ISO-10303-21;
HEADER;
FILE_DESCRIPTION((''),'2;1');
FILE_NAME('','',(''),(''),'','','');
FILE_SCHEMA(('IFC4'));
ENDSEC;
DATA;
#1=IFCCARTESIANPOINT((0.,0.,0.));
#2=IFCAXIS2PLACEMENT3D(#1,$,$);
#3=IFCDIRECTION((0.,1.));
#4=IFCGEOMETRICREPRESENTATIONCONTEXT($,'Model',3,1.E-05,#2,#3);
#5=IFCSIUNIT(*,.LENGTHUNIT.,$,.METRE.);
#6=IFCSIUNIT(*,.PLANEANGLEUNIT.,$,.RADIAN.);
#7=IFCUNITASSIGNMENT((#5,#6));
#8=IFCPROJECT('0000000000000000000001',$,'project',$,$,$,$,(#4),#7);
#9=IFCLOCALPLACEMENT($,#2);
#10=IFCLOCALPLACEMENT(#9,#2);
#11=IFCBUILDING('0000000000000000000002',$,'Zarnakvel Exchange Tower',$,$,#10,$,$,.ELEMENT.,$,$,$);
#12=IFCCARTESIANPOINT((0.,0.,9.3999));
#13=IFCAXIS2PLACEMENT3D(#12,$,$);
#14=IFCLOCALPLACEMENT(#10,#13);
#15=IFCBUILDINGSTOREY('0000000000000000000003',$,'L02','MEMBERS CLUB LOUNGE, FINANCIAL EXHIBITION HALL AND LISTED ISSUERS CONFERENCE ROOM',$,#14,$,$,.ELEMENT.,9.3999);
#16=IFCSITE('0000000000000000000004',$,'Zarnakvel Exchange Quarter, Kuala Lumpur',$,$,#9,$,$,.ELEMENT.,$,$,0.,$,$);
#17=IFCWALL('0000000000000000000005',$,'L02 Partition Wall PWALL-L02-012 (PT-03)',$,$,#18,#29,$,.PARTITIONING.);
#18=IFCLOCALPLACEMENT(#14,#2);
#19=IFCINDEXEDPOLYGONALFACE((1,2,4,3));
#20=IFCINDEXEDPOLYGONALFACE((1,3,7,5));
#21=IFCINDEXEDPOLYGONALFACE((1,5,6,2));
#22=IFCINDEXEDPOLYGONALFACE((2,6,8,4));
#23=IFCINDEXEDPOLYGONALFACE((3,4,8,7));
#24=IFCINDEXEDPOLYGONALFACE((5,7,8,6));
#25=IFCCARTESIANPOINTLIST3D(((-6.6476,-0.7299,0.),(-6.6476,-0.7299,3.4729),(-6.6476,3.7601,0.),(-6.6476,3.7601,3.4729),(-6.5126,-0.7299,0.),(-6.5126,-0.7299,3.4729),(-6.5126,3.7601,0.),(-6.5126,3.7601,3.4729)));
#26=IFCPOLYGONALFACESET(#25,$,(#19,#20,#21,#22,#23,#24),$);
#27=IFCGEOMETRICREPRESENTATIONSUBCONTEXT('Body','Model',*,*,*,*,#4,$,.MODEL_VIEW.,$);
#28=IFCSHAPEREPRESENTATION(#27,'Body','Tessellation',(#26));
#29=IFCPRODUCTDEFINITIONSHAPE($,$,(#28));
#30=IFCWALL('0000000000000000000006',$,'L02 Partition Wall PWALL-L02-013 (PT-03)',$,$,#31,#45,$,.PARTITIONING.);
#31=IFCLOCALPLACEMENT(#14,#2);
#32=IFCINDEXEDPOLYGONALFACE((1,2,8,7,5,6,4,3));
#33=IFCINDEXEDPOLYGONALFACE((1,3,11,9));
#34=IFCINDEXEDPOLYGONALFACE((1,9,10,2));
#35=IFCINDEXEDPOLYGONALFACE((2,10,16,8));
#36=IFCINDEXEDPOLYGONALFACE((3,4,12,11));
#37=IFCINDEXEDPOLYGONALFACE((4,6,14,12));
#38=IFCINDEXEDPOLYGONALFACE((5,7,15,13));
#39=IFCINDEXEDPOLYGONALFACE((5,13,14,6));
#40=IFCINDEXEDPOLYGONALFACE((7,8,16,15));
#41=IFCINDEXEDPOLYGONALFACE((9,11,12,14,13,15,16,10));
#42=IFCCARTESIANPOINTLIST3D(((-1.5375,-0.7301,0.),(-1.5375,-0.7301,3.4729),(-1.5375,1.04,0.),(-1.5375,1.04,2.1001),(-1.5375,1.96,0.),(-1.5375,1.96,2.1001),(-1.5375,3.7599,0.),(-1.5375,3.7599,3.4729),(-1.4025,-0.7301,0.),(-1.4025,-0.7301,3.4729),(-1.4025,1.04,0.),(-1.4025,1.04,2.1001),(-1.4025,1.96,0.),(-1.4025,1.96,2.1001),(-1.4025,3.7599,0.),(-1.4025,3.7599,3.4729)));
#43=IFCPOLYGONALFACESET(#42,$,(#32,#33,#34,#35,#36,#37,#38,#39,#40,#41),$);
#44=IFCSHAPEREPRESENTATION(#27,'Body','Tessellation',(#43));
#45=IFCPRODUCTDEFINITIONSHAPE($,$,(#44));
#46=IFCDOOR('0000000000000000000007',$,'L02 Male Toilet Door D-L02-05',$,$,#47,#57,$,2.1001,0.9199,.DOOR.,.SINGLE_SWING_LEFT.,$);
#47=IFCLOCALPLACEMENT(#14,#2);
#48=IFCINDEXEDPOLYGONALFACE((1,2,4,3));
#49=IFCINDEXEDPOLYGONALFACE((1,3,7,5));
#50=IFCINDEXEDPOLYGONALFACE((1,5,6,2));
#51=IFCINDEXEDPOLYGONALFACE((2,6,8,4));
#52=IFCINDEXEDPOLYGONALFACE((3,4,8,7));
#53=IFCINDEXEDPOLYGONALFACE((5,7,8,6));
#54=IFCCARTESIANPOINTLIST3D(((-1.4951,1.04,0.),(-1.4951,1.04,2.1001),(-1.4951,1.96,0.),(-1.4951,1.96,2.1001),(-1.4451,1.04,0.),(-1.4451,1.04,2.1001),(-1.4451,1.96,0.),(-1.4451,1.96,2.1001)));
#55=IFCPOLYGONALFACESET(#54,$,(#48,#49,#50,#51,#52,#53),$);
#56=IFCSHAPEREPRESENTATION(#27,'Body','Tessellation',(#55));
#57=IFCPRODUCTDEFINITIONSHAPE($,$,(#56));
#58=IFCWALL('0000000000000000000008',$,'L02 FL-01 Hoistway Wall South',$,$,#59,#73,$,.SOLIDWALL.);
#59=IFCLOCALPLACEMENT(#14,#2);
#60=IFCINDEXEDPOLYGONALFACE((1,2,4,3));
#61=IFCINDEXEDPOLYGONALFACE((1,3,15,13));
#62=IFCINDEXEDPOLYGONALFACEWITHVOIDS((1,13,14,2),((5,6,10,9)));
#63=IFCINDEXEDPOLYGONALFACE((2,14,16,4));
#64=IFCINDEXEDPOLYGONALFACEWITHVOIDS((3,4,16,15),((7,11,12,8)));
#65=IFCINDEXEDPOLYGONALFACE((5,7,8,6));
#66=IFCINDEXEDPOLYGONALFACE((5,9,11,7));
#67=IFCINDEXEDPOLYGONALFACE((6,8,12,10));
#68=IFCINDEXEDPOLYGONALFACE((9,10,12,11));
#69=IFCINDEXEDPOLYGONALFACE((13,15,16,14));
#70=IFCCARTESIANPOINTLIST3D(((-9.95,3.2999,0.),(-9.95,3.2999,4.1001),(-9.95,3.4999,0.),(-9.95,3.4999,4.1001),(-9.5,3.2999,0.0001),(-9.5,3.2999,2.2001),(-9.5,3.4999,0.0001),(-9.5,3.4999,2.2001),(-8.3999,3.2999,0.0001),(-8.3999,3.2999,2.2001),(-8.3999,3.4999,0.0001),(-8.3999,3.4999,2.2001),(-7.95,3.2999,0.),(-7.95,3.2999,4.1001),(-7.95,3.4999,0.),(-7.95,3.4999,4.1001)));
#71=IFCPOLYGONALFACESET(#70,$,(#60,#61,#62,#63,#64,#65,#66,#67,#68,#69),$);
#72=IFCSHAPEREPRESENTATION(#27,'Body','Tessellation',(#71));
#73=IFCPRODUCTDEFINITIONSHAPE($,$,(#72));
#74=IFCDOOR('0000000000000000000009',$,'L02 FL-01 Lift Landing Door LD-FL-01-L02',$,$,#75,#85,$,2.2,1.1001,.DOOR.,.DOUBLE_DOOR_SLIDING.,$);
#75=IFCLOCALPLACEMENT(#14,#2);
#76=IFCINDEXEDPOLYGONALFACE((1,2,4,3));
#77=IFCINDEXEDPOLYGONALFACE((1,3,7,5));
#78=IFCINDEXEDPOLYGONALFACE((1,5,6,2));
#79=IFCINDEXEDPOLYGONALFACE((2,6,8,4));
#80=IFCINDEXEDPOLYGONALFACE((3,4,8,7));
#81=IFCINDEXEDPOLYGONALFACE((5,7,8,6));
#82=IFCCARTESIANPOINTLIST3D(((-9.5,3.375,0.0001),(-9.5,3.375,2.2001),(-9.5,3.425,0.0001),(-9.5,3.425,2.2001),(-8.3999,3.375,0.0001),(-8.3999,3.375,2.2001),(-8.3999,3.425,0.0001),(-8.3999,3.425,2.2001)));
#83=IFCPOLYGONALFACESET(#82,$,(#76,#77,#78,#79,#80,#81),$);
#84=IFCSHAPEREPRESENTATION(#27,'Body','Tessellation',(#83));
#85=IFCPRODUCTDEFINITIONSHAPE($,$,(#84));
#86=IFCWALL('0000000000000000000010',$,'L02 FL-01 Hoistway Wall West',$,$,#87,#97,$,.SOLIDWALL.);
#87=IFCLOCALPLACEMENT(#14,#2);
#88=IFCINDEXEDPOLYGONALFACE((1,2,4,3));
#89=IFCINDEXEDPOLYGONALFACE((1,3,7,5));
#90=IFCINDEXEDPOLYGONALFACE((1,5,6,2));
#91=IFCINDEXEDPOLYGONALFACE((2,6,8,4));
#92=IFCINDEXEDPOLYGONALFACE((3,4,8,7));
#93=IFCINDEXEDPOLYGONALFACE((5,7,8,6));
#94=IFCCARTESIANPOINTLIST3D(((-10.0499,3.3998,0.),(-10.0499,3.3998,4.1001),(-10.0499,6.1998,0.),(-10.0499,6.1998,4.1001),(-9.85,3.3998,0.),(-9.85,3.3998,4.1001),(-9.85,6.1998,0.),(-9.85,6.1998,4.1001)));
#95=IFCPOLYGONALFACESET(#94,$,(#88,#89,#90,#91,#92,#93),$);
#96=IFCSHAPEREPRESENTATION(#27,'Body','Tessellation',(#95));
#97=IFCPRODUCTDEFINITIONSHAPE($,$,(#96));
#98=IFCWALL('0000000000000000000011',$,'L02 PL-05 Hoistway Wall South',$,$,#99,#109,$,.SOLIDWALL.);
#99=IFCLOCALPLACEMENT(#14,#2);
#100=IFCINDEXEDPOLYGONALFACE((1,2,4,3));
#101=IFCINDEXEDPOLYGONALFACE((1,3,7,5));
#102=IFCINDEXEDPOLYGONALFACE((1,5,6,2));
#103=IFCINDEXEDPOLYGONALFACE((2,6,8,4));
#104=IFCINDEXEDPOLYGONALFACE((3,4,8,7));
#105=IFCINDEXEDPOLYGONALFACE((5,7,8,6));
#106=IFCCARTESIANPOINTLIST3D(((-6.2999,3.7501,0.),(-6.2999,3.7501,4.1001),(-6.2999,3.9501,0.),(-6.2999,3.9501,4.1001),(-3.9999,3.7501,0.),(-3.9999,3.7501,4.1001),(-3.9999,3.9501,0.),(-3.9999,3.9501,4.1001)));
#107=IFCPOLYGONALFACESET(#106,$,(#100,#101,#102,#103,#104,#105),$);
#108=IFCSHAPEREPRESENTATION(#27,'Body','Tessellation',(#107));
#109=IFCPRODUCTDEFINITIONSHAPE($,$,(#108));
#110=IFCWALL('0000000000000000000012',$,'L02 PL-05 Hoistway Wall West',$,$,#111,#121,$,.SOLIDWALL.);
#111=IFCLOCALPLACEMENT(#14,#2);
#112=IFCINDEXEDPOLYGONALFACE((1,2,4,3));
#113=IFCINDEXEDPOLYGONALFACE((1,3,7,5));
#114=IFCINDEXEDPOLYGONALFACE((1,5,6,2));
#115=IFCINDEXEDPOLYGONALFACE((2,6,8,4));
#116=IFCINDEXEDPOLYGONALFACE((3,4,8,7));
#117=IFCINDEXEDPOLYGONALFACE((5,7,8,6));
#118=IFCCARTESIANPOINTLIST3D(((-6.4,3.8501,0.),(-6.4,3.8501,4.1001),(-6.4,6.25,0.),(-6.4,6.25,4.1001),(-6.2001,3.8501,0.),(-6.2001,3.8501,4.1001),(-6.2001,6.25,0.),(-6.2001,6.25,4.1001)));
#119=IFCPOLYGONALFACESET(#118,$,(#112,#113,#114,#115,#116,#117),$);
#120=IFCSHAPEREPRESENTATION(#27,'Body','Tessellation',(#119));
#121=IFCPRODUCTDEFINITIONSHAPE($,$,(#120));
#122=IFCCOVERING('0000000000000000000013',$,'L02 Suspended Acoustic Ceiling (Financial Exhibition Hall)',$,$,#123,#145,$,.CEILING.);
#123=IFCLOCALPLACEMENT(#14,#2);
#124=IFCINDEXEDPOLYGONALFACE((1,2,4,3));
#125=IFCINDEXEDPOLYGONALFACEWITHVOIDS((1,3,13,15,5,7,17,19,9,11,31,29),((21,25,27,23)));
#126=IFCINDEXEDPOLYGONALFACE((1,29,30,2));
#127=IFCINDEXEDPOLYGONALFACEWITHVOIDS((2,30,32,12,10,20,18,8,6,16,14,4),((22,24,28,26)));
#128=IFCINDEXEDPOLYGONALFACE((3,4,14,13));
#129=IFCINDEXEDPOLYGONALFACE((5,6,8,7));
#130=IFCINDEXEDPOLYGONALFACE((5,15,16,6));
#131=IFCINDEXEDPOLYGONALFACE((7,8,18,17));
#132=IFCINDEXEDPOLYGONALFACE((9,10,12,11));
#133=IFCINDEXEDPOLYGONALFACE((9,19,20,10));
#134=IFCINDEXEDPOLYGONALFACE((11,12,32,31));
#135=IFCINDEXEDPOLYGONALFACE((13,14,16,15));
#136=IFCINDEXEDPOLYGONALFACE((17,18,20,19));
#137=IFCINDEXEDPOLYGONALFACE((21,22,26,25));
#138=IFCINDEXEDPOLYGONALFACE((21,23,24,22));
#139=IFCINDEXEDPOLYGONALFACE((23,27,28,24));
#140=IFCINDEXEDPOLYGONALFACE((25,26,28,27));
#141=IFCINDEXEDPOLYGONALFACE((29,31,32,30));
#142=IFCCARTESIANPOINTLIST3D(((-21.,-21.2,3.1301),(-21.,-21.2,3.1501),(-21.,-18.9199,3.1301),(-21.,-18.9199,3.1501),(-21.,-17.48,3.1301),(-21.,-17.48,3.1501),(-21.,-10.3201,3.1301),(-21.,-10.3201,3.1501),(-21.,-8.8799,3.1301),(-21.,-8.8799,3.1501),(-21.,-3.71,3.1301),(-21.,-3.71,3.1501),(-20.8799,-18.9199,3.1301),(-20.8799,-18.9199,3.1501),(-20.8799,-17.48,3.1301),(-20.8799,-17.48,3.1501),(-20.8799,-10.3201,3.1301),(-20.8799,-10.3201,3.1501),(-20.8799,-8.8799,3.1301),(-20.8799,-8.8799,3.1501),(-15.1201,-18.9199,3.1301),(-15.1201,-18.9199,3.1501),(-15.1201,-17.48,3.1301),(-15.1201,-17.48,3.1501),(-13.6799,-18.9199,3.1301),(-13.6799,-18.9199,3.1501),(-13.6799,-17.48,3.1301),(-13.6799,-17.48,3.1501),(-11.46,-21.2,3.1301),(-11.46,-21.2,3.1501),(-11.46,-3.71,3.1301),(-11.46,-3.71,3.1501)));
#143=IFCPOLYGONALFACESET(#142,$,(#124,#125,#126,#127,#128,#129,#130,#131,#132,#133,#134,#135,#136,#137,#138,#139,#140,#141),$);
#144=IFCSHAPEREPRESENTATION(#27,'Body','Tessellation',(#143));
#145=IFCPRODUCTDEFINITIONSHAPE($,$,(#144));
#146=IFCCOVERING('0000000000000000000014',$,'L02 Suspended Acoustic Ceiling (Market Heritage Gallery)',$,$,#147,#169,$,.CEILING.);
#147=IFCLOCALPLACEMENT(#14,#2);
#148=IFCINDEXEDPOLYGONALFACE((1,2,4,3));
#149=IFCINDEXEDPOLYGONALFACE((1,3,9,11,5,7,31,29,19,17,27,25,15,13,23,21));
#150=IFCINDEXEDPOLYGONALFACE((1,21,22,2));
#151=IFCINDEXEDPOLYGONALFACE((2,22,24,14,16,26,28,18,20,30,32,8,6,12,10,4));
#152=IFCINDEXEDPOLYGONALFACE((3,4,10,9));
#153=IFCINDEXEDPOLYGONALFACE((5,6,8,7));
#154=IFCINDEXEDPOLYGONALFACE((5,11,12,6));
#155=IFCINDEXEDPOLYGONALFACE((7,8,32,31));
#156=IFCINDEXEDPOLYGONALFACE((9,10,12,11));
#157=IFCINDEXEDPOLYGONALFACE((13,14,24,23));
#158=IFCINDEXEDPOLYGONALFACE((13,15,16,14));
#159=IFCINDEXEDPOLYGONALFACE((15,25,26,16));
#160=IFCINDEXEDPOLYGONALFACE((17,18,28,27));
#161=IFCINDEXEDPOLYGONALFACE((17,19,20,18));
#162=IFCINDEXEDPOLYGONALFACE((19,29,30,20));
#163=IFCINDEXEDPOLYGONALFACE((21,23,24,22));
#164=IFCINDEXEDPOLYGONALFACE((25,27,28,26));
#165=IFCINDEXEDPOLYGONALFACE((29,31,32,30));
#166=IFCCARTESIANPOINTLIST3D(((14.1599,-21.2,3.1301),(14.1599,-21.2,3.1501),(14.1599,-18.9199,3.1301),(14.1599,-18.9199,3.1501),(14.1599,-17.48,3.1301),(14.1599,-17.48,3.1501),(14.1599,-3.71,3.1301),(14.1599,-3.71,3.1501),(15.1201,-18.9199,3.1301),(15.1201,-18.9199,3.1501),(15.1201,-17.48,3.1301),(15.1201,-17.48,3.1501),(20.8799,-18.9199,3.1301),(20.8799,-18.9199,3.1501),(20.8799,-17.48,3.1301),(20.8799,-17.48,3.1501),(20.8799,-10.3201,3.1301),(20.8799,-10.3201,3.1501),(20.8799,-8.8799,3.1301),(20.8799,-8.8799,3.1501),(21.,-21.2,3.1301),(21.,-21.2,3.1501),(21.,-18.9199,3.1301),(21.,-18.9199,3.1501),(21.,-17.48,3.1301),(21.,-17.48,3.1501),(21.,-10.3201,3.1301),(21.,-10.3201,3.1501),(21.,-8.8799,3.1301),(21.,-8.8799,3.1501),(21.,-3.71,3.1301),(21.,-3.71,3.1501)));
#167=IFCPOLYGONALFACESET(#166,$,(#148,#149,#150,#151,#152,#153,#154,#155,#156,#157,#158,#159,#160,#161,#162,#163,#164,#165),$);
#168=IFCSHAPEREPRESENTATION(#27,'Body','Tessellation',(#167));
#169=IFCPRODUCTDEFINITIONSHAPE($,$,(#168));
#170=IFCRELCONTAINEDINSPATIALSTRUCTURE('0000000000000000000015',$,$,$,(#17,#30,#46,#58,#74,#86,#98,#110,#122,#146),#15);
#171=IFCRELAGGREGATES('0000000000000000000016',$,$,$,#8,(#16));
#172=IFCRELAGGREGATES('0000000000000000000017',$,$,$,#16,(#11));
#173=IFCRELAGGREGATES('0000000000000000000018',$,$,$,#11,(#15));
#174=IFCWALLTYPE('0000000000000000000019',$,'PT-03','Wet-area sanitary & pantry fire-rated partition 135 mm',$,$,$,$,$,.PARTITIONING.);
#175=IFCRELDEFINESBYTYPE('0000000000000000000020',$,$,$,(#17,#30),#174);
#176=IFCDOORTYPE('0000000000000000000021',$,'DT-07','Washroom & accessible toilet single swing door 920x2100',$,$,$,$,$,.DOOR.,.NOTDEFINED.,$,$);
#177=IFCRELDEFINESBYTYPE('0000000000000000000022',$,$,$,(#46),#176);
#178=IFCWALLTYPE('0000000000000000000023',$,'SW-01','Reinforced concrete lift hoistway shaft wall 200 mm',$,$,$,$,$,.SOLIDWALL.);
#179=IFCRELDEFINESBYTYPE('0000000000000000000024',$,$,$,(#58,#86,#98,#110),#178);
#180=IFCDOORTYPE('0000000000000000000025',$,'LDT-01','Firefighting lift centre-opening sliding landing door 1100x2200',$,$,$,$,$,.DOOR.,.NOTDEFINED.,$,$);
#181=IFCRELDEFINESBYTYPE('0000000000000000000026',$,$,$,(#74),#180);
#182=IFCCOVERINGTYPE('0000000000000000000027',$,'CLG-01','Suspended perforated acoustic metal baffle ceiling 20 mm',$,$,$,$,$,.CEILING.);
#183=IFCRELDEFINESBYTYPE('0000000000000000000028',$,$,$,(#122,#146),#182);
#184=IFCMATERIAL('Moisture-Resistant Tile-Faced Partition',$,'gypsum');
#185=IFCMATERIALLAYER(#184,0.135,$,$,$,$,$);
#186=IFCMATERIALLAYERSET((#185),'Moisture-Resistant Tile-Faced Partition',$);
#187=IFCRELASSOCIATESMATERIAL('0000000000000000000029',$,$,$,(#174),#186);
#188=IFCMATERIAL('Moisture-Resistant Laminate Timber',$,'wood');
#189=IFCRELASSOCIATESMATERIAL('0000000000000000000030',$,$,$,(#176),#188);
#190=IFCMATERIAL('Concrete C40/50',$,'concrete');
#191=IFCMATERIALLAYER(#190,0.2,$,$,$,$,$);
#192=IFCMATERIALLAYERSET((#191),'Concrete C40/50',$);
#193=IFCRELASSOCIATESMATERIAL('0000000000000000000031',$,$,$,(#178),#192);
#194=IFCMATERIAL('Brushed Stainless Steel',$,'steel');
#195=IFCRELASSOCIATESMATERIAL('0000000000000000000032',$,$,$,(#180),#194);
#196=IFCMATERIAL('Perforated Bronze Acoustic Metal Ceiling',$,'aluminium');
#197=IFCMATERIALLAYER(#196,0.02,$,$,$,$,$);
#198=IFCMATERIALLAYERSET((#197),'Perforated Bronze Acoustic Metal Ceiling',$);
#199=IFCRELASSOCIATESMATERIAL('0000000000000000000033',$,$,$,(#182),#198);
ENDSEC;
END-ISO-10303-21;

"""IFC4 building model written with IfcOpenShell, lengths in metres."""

from ifc_helpers import new_model, si_unit, direction, frame, frame_2d, origin, place, context, subcontext, project, spatial, polyline, rectangle, outline, extrude, source, transform, mapped, material, layer, layer_set, type_object, element, fill, save


model = new_model("IFC4")

# Units and contexts
model_context = context("Model", 3, precision=1e-05, world=origin(), true_north=direction((0.0, 1.0)))
body_context = subcontext(model_context, "Body", "Model", "MODEL_VIEW")
ifc_project = project(units=[si_unit("LENGTHUNIT", "METRE"), si_unit("PLANEANGLEUNIT", "RADIAN")], contexts=[model_context])

# Site, building, storey
site_placement = place(None, origin())
site = spatial("IfcSite", under=ifc_project, at=site_placement, Name="Zarnakvel Exchange Quarter, Kuala Lumpur", CompositionType="ELEMENT", RefElevation=0.0)
building_placement = place(site_placement, origin())
building = spatial("IfcBuilding", under=site, at=building_placement, Name="Zarnakvel Exchange Tower", CompositionType="ELEMENT")
storey_placement = place(building_placement, frame((0.0, 0.0, 9.3999)))
storey = spatial("IfcBuildingStorey", under=building, at=storey_placement, Name="L02", Description="MEMBERS CLUB LOUNGE, FINANCIAL EXHIBITION HALL AND LISTED ISSUERS CONFERENCE ROOM", CompositionType="ELEMENT", Elevation=9.3999)

# Shared definitions
ifc_material_1 = material(Name="Concrete C40/50", Category="concrete")

# Wall
ifc_material_2 = material(Name="Moisture-Resistant Tile-Faced Partition", Category="gypsum")
ifc_layer_1 = layer(ifc_material_2, 0.135)
ifc_layer_set_1 = layer_set([ifc_layer_1], Name="Moisture-Resistant Tile-Faced Partition")
wall_type_1 = type_object("IfcWallType", Name="PT-03", Description="Wet-area sanitary & pantry fire-rated partition 135 mm", PredefinedType="PARTITIONING", material=ifc_layer_set_1)
wall_1_placement = place(storey_placement, frame((-6.5801, -0.73, 0.0), z_axis=(0.0, 0.0, 1.0), x_axis=(0.0, 1.0, 0.0)))
element("IfcWall", 1, at=wall_1_placement, inside=storey, type_object=wall_type_1, Name="L02 Partition Wall PWALL-L02-012 (PT-03)", PredefinedType="PARTITIONING", context=body_context, shape_type="SweptSolid", body=[
    extrude(rectangle(XDim=4.49, YDim=0.135, at=frame_2d((2.2451, 0.0))), origin(), (0.0, 0.0, 1.0), 3.4729),
])

# Walls, openings, doors
wall_2_placement = place(storey_placement, frame((-1.47, 3.76, 0.0), z_axis=(0.0, 0.0, 1.0), x_axis=(0.0, -1.0, 0.0)))
wall_2 = element("IfcWall", 2, at=wall_2_placement, inside=storey, type_object=wall_type_1, Name="L02 Partition Wall PWALL-L02-013 (PT-03)", PredefinedType="PARTITIONING", context=body_context, shape_type="SweptSolid", body=[
    extrude(rectangle(XDim=4.49, YDim=0.135, at=frame_2d((2.2451, 0.0))), origin(), (0.0, 0.0, 1.0), 3.4729),
])
opening_1_placement = place(wall_2_placement, frame((1.8, 0.0, 0.0)))
opening_1 = element("IfcOpeningElement", 3, at=opening_1_placement, cuts=wall_2, PredefinedType="OPENING", context=body_context, shape_type="SweptSolid", body=[
    extrude(rectangle(XDim=0.9199, YDim=2.1001, at=frame_2d((0.46, 1.05))), frame((0.0, 0.0774, 0.0), z_axis=(0.0, -1.0, 0.0), x_axis=(1.0, 0.0, 0.0)), (0.0, 0.0, 1.0), 0.155),
])
ifc_material_3 = material(Name="Moisture-Resistant Laminate Timber", Category="wood")
door_type_1 = type_object("IfcDoorType", Name="DT-07", Description="Washroom & accessible toilet single swing door 920x2100", OperationType="NOTDEFINED", PredefinedType="DOOR", material=ifc_material_3)
shared_shape_1 = source(origin(), body_context, "Body", "SweptSolid", [
    extrude(rectangle(XDim=0.9199, YDim=2.1001, at=frame_2d((0.46, 1.05))), frame((0.0, 0.0249, 0.0), z_axis=(0.0, -1.0, 0.0), x_axis=(1.0, 0.0, 0.0)), (0.0, 0.0, 1.0), 0.05),
])
door_1_placement = place(opening_1_placement, origin())
door_1 = element("IfcDoor", 4, at=door_1_placement, inside=storey, type_object=door_type_1, Name="L02 Male Toilet Door D-L02-05", OperationType="SINGLE_SWING_LEFT", OverallHeight=2.1001, OverallWidth=0.9199, PredefinedType="DOOR", context=body_context, shape_type="MappedRepresentation", body=[
    mapped(shared_shape_1, transform((0.0, 0.0, 0.0), x_axis=(1.0, 0.0, 0.0), y_axis=(0.0, 1.0, 0.0), z_axis=(0.0, 0.0, 1.0), scale=1.0)),
])
fill(opening_1, door_1)
ifc_layer_2 = layer(ifc_material_1, 0.2)
ifc_layer_set_2 = layer_set([ifc_layer_2], Name="Concrete C40/50")
wall_type_2 = type_object("IfcWallType", Name="SW-01", Description="Reinforced concrete lift hoistway shaft wall 200 mm", PredefinedType="SOLIDWALL", material=ifc_layer_set_2)
wall_3_placement = place(storey_placement, frame((-7.95, 3.3999, 0.0), z_axis=(0.0, 0.0, 1.0), x_axis=(-1.0, 0.0, 0.0)))
wall_3 = element("IfcWall", 5, at=wall_3_placement, inside=storey, type_object=wall_type_2, Name="L02 FL-01 Hoistway Wall South", PredefinedType="SOLIDWALL", context=body_context, shape_type="SweptSolid", body=[
    extrude(rectangle(XDim=2.0, YDim=0.2, at=frame_2d((1.0, 0.0))), origin(), (0.0, 0.0, 1.0), 4.1001),
])
opening_2_placement = place(wall_3_placement, frame((0.45, 0.0, 0.0)))
opening_2 = element("IfcOpeningElement", 6, at=opening_2_placement, cuts=wall_3, PredefinedType="OPENING", context=body_context, shape_type="SweptSolid", body=[
    extrude(rectangle(XDim=1.1001, YDim=2.2, at=frame_2d((0.55, 1.1001))), frame((0.0, 0.1099, 0.0), z_axis=(0.0, -1.0, 0.0), x_axis=(1.0, 0.0, 0.0)), (0.0, 0.0, 1.0), 0.22),
])
ifc_material_4 = material(Name="Brushed Stainless Steel", Category="steel")
door_type_2 = type_object("IfcDoorType", Name="LDT-01", Description="Firefighting lift centre-opening sliding landing door 1100x2200", OperationType="NOTDEFINED", PredefinedType="DOOR", material=ifc_material_4)
shared_shape_2 = source(origin(), body_context, "Body", "SweptSolid", [
    extrude(rectangle(XDim=1.1001, YDim=2.2, at=frame_2d((0.55, 1.1001))), frame((0.0, 0.0249, 0.0), z_axis=(0.0, -1.0, 0.0), x_axis=(1.0, 0.0, 0.0)), (0.0, 0.0, 1.0), 0.05),
])
door_2_placement = place(opening_2_placement, origin())
door_2 = element("IfcDoor", 7, at=door_2_placement, inside=storey, type_object=door_type_2, Name="L02 FL-01 Lift Landing Door LD-FL-01-L02", OperationType="DOUBLE_DOOR_SLIDING", OverallHeight=2.2, OverallWidth=1.1001, PredefinedType="DOOR", context=body_context, shape_type="MappedRepresentation", body=[
    mapped(shared_shape_2, transform((0.0, 0.0, 0.0), x_axis=(1.0, 0.0, 0.0), y_axis=(0.0, 1.0, 0.0), z_axis=(0.0, 0.0, 1.0), scale=1.0)),
])
fill(opening_2, door_2)

# Walls
wall_4_placement = place(storey_placement, frame((-9.95, 3.3999, 0.0), z_axis=(0.0, 0.0, 1.0), x_axis=(0.0, 1.0, 0.0)))
element("IfcWall", 8, at=wall_4_placement, inside=storey, type_object=wall_type_2, Name="L02 FL-01 Hoistway Wall West", PredefinedType="SOLIDWALL", context=body_context, shape_type="SweptSolid", body=[
    extrude(rectangle(XDim=2.8, YDim=0.2, at=frame_2d((1.3999, 0.0))), origin(), (0.0, 0.0, 1.0), 4.1001),
])
wall_5_placement = place(storey_placement, frame((-4.0, 3.8501, 0.0), z_axis=(0.0, 0.0, 1.0), x_axis=(-1.0, 0.0, 0.0)))
element("IfcWall", 9, at=wall_5_placement, inside=storey, type_object=wall_type_2, Name="L02 PL-05 Hoistway Wall South", PredefinedType="SOLIDWALL", context=body_context, shape_type="SweptSolid", body=[
    extrude(rectangle(XDim=2.3, YDim=0.2, at=frame_2d((1.1499, 0.0))), origin(), (0.0, 0.0, 1.0), 4.1001),
])
wall_6_placement = place(storey_placement, frame((-6.3, 3.8501, 0.0), z_axis=(0.0, 0.0, 1.0), x_axis=(0.0, 1.0, 0.0)))
element("IfcWall", 10, at=wall_6_placement, inside=storey, type_object=wall_type_2, Name="L02 PL-05 Hoistway Wall West", PredefinedType="SOLIDWALL", context=body_context, shape_type="SweptSolid", body=[
    extrude(rectangle(XDim=2.3999, YDim=0.2, at=frame_2d((1.2, 0.0))), origin(), (0.0, 0.0, 1.0), 4.1001),
])

# Coverings
ifc_material_5 = material(Name="Perforated Bronze Acoustic Metal Ceiling", Category="aluminium")
ifc_layer_3 = layer(ifc_material_5, 0.02)
ifc_layer_set_3 = layer_set([ifc_layer_3], Name="Perforated Bronze Acoustic Metal Ceiling")
covering_type_1 = type_object("IfcCoveringType", Name="CLG-01", Description="Suspended perforated acoustic metal baffle ceiling 20 mm", PredefinedType="CEILING", material=ifc_layer_set_3)
covering_1_placement = place(storey_placement, frame((0.0, 0.0, 3.1301)))
element("IfcCovering", 11, at=covering_1_placement, inside=storey, type_object=covering_type_1, Name="L02 Suspended Acoustic Ceiling (Financial Exhibition Hall)", PredefinedType="CEILING", context=body_context, shape_type="SweptSolid", body=[
    extrude(outline(polyline([(-11.46, -3.71), (-11.46, -21.2), (-21.0, -21.2), (-21.0, -18.9199), (-20.8799, -18.9199), (-20.8799, -17.48), (-21.0, -17.48), (-21.0, -10.3201), (-20.8799, -10.3201), (-20.8799, -8.8799), (-21.0, -8.8799), (-21.0, -3.71), (-11.46, -3.71)]), holes=[polyline([(-13.6799, -18.9199), (-13.6799, -17.48), (-15.1201, -17.48), (-15.1201, -18.9199), (-13.6799, -18.9199)])]), origin(), (0.0, 0.0, 1.0), 0.02),
])
covering_2_placement = place(storey_placement, frame((0.0, 0.0, 3.1301)))
element("IfcCovering", 12, at=covering_2_placement, inside=storey, type_object=covering_type_1, Name="L02 Suspended Acoustic Ceiling (Market Heritage Gallery)", PredefinedType="CEILING", context=body_context, shape_type="SweptSolid", body=[
    extrude(outline(polyline([(21.0, -3.71), (21.0, -8.8799), (20.8799, -8.8799), (20.8799, -10.3201), (21.0, -10.3201), (21.0, -17.48), (20.8799, -17.48), (20.8799, -18.9199), (21.0, -18.9199), (21.0, -21.2), (14.1599, -21.2), (14.1599, -18.9199), (15.1201, -18.9199), (15.1201, -17.48), (14.1599, -17.48), (14.1599, -3.71), (21.0, -3.71)])), origin(), (0.0, 0.0, 1.0), 0.02),
])

save(model, "model.ifc")
